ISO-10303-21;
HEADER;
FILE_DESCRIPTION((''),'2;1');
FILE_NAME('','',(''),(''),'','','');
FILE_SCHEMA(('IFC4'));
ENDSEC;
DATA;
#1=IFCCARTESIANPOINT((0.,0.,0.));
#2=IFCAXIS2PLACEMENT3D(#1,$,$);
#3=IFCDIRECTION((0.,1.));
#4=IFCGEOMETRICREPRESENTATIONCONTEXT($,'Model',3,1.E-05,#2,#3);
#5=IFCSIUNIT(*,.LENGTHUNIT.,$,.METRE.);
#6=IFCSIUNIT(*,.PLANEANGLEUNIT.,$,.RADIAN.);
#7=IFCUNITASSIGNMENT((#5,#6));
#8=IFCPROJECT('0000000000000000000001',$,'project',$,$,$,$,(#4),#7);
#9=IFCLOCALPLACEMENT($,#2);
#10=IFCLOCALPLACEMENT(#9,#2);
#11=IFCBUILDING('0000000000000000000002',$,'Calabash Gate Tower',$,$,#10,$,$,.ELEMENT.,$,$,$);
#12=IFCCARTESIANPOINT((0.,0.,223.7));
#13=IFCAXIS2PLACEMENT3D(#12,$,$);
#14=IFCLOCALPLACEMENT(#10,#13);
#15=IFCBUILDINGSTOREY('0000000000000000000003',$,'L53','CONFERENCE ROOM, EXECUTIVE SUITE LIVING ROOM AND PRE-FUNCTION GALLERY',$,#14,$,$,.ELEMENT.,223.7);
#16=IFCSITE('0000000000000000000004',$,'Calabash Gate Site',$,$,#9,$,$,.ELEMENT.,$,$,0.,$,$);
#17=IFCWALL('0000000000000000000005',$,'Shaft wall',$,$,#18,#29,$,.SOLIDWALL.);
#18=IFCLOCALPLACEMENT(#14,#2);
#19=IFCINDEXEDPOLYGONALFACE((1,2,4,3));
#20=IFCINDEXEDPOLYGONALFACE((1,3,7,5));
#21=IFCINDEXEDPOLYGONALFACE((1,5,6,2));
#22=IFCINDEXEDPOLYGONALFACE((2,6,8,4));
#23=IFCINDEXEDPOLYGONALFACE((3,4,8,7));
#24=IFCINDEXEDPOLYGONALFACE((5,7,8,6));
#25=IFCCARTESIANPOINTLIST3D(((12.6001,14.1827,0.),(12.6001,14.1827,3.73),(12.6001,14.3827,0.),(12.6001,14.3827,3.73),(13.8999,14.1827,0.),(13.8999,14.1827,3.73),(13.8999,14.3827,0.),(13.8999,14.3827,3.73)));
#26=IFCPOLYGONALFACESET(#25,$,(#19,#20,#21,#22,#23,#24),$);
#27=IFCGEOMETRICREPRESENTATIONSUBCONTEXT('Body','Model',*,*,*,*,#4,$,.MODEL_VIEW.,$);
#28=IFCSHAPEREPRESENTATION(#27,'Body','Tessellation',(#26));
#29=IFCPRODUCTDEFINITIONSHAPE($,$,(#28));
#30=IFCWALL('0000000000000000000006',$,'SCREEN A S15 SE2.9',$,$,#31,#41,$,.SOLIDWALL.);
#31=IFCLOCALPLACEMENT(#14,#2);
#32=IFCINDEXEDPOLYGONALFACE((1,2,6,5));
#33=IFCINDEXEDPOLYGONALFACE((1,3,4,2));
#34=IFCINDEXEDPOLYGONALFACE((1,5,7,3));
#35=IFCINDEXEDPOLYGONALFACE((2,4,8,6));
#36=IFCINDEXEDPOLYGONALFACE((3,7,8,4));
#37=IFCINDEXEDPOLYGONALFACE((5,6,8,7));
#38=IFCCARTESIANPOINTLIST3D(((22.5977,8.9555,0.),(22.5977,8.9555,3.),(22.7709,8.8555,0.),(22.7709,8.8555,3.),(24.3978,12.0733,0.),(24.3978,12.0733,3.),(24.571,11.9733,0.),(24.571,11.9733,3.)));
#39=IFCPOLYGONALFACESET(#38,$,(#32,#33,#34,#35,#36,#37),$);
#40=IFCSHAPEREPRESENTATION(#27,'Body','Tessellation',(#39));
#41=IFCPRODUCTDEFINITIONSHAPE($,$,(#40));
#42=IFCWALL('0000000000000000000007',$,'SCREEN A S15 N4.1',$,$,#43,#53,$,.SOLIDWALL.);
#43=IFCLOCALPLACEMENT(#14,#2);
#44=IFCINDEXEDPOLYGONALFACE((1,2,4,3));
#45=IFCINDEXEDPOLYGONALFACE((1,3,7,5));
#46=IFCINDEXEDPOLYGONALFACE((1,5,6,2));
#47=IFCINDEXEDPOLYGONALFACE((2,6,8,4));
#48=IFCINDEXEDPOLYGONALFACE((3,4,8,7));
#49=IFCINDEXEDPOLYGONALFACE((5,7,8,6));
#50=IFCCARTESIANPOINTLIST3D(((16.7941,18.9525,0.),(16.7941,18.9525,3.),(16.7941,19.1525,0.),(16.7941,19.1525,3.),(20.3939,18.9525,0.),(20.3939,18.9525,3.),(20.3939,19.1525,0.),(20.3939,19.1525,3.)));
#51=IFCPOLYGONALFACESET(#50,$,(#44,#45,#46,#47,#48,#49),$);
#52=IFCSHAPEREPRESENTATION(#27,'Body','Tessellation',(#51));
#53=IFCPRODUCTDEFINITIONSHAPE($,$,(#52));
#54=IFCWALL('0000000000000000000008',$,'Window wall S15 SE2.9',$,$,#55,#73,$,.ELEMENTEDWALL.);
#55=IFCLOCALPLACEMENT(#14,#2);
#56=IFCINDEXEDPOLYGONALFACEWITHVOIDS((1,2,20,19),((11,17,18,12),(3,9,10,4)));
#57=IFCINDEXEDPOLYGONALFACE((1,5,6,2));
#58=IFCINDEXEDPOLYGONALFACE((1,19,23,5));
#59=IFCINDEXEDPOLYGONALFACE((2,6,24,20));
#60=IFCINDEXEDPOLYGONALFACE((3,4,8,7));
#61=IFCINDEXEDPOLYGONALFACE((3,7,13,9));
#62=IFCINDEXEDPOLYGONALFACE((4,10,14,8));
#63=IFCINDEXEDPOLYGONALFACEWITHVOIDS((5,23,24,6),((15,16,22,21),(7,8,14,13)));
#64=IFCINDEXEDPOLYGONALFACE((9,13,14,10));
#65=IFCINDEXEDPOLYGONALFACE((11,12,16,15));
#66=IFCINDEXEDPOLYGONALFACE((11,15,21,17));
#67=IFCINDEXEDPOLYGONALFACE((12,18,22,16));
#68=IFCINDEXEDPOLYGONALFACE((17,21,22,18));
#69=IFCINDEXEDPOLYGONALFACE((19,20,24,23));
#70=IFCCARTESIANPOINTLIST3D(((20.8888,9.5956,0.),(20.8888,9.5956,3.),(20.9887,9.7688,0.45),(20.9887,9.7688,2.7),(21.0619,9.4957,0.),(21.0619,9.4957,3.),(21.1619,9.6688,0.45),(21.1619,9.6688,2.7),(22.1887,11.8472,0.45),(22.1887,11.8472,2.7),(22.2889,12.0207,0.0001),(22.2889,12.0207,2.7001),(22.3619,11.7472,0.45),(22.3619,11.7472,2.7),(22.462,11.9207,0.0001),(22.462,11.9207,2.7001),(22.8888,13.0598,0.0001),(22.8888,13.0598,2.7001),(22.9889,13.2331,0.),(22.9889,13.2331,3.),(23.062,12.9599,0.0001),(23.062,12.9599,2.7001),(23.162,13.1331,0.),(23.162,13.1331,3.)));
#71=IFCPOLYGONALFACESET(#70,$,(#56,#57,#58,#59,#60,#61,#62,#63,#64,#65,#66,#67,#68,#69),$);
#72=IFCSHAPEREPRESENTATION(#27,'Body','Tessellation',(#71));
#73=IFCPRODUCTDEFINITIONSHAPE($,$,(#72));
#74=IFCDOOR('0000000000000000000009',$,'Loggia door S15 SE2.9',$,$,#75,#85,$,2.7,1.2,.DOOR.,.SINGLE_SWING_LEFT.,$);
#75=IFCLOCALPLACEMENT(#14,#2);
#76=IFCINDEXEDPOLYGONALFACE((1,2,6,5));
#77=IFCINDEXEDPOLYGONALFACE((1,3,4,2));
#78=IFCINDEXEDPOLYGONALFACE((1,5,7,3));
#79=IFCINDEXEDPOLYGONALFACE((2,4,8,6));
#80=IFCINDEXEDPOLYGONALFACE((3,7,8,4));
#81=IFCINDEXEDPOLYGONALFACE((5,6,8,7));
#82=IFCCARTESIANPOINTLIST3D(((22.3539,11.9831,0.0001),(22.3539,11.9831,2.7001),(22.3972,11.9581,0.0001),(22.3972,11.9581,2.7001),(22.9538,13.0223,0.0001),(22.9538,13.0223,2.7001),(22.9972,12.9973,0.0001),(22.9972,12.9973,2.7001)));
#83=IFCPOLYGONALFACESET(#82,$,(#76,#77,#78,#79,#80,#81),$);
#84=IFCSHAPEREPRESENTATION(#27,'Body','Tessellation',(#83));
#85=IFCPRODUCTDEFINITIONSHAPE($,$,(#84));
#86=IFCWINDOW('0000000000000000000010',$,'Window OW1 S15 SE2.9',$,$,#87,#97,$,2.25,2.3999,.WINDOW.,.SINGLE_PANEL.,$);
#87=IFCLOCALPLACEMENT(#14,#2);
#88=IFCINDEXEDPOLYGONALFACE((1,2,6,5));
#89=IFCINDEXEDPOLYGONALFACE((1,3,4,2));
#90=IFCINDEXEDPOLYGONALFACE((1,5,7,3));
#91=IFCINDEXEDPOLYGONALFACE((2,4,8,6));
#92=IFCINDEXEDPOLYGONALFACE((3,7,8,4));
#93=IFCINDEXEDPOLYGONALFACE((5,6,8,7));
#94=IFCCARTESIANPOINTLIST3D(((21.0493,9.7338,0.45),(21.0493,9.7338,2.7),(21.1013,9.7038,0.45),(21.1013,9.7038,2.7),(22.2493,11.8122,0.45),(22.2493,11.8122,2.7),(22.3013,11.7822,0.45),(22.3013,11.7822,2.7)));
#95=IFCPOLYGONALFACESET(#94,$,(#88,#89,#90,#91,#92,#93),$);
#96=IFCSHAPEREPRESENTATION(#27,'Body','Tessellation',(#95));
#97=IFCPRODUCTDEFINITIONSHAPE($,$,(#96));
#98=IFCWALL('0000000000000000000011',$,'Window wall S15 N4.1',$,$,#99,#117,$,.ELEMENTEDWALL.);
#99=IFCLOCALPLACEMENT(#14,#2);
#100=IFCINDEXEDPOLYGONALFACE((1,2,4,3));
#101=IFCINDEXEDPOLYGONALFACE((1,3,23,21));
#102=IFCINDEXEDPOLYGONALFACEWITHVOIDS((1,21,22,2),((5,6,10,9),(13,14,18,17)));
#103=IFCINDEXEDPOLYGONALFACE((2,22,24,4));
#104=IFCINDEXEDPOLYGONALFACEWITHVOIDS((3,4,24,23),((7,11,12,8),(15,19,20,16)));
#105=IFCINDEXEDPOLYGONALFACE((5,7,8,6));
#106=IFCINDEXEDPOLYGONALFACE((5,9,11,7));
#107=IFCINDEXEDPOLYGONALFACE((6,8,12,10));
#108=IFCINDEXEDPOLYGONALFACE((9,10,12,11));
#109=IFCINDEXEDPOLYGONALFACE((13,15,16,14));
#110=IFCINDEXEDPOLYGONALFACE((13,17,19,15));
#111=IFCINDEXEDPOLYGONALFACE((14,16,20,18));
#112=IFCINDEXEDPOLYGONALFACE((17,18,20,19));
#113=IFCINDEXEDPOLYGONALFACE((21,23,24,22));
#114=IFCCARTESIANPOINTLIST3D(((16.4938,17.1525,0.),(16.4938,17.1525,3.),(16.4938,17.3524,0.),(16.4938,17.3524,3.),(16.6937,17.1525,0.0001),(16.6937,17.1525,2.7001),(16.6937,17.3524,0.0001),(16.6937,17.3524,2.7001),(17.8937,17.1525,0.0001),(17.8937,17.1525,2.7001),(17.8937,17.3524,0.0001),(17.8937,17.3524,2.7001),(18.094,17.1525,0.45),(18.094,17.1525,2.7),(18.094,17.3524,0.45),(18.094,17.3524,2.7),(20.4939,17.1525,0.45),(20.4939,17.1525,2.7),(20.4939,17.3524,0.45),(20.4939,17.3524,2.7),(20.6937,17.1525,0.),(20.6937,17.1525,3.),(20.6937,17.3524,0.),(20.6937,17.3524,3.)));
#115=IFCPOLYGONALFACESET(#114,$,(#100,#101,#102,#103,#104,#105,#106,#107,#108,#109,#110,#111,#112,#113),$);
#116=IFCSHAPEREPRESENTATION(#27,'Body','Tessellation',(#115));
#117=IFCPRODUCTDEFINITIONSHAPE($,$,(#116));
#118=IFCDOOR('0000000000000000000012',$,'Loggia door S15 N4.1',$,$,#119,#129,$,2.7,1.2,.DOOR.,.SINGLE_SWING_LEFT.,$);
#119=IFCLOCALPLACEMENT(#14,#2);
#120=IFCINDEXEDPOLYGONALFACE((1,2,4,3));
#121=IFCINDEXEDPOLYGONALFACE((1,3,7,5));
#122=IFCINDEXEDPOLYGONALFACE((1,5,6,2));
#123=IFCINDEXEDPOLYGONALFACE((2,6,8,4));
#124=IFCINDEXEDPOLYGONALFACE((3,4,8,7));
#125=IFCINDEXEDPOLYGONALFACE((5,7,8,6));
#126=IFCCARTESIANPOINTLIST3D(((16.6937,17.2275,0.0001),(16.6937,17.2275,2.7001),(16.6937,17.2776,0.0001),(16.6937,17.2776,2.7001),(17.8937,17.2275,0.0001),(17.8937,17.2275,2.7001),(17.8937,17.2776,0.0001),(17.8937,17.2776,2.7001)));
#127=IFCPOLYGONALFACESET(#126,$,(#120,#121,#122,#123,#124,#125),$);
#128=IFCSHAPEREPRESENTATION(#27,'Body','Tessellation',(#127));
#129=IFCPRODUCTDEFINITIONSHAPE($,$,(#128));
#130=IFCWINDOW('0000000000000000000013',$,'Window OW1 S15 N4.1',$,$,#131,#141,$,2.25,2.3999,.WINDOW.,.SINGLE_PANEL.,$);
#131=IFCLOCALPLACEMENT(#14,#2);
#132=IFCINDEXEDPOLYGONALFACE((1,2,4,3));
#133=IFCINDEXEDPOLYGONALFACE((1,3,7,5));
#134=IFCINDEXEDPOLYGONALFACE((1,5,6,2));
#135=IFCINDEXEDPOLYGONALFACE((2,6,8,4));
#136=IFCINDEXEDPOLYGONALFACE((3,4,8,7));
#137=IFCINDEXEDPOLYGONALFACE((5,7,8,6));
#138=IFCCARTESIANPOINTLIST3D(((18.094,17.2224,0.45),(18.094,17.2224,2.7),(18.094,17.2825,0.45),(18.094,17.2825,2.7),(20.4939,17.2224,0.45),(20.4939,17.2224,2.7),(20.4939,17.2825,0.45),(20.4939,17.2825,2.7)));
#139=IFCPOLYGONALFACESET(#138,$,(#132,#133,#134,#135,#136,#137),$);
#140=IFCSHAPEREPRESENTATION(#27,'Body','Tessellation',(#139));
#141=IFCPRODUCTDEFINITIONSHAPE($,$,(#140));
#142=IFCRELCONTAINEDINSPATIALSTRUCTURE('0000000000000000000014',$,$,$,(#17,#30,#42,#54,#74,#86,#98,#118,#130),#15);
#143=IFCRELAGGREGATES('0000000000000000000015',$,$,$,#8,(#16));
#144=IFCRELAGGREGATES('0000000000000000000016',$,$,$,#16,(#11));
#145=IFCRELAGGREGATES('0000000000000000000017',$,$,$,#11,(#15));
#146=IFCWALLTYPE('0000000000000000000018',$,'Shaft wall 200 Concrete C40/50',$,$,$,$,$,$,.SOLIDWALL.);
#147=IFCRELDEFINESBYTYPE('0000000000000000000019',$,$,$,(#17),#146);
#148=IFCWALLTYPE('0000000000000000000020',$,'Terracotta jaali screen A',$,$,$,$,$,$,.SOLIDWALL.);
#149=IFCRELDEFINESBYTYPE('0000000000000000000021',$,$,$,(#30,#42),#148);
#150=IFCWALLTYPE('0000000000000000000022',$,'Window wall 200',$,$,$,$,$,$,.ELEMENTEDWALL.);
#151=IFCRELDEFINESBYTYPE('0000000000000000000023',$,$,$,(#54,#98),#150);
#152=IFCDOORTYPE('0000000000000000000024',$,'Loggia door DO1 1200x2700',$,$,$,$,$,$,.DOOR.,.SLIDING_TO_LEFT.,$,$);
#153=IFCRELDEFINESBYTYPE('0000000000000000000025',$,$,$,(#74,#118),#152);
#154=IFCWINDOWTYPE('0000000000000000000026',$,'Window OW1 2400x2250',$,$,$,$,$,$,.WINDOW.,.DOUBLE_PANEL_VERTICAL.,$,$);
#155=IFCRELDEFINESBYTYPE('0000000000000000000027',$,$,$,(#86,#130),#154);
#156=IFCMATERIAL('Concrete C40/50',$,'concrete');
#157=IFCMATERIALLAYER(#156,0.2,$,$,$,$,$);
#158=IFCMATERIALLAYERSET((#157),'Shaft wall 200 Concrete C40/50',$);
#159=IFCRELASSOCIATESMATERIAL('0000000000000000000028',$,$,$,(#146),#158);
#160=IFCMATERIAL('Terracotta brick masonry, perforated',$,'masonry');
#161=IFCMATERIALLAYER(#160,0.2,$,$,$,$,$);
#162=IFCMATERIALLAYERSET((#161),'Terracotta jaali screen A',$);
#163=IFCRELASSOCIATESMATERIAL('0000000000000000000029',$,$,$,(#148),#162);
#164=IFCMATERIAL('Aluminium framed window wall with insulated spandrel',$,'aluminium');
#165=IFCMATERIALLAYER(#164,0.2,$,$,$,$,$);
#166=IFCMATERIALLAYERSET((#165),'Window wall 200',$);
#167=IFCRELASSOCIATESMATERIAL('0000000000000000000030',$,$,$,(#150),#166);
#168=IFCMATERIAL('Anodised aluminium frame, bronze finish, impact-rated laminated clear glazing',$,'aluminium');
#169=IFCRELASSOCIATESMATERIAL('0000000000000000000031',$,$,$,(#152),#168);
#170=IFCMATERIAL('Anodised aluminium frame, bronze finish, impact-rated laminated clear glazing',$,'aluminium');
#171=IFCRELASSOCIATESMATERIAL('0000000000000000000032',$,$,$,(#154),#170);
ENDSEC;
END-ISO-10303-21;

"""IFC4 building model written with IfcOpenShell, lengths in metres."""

from ifc_helpers import new_model, si_unit, direction, frame, frame_2d, origin, place, context, subcontext, project, spatial, rectangle, extrude, material, layer, layer_set, type_object, element, fill, save


model = new_model("IFC4")

# Units and contexts
model_context = context("Model", 3, precision=1e-05, world=origin(), true_north=direction((0.0, 1.0)))
body_context = subcontext(model_context, "Body", "Model", "MODEL_VIEW")
ifc_project = project(units=[si_unit("LENGTHUNIT", "METRE"), si_unit("PLANEANGLEUNIT", "RADIAN")], contexts=[model_context])

# Site, building, storey
site_placement = place(None, origin())
site = spatial("IfcSite", under=ifc_project, at=site_placement, Name="Calabash Gate Site", CompositionType="ELEMENT", RefElevation=0.0)
building_placement = place(site_placement, origin())
building = spatial("IfcBuilding", under=site, at=building_placement, Name="Calabash Gate Tower", CompositionType="ELEMENT")
storey_placement = place(building_placement, frame((0.0, 0.0, 223.7)))
storey = spatial("IfcBuildingStorey", under=building, at=storey_placement, Name="L53", Description="CONFERENCE ROOM, EXECUTIVE SUITE LIVING ROOM AND PRE-FUNCTION GALLERY", CompositionType="ELEMENT", Elevation=223.7)

# Walls
ifc_material_1 = material(Name="Concrete C40/50", Category="concrete")
ifc_layer_1 = layer(ifc_material_1, 0.2)
ifc_layer_set_1 = layer_set([ifc_layer_1], Name="Shaft wall 200 Concrete C40/50")
wall_type_1 = type_object("IfcWallType", Name="Shaft wall 200 Concrete C40/50", PredefinedType="SOLIDWALL", material=ifc_layer_set_1)
for number, where, z_axis, x_axis, name in (
    (1, (12.6001, 14.2827, 0.0), (0.0, 0.0, 1.0), (1.0, 0.0, 0.0), "Shaft wall"),
):
    element("IfcWall", number, at=place(storey_placement, frame(where, z_axis=z_axis, x_axis=x_axis)), inside=storey, type_object=wall_type_1, Name=name, PredefinedType="SOLIDWALL", context=body_context, shape_type="SweptSolid", body=[
        extrude(rectangle(XDim=1.2998, YDim=0.2, at=frame_2d((0.6499, 0.0))), origin(), (0.0, 0.0, 1.0), 3.73),
    ])
ifc_material_2 = material(Name="Terracotta brick masonry, perforated", Category="masonry")
ifc_layer_2 = layer(ifc_material_2, 0.2)
ifc_layer_set_2 = layer_set([ifc_layer_2], Name="Terracotta jaali screen A")
wall_type_2 = type_object("IfcWallType", Name="Terracotta jaali screen A", PredefinedType="SOLIDWALL", material=ifc_layer_set_2)
wall_1_placement = place(storey_placement, frame((22.6843, 8.9055, 0.0), z_axis=(0.0, 0.0, 1.0), x_axis=(0.500012, 0.866018, 0.0)))
element("IfcWall", 2, at=wall_1_placement, inside=storey, type_object=wall_type_2, Name="SCREEN A S15 SE2.9", PredefinedType="SOLIDWALL", context=body_context, shape_type="SweptSolid", body=[
    extrude(rectangle(XDim=3.6001, YDim=0.2, at=frame_2d((1.8, 0.0))), origin(), (0.0, 0.0, 1.0), 3.0),
])
wall_2_placement = place(storey_placement, frame((20.3938, 19.0525, 0.0), z_axis=(0.0, 0.0, 1.0), x_axis=(-1.0, 0.0, 0.0)))
element("IfcWall", 3, at=wall_2_placement, inside=storey, type_object=wall_type_2, Name="SCREEN A S15 N4.1", PredefinedType="SOLIDWALL", context=body_context, shape_type="SweptSolid", body=[
    extrude(rectangle(XDim=3.5999, YDim=0.2, at=frame_2d((1.7998, 0.0))), origin(), (0.0, 0.0, 1.0), 3.0),
])

# Walls, openings, doors, windows
ifc_material_3 = material(Name="Aluminium framed window wall with insulated spandrel", Category="aluminium")
ifc_layer_3 = layer(ifc_material_3, 0.2)
ifc_layer_set_3 = layer_set([ifc_layer_3], Name="Window wall 200")
wall_type_3 = type_object("IfcWallType", Name="Window wall 200", PredefinedType="ELEMENTEDWALL", material=ifc_layer_set_3)
wall_3_placement = place(storey_placement, frame((20.9753, 9.5457, 0.0), z_axis=(0.0, 0.0, 1.0), x_axis=(0.500003, 0.866024, 0.0)))
wall_3 = element("IfcWall", 4, at=wall_3_placement, inside=storey, type_object=wall_type_3, Name="Window wall S15 SE2.9", PredefinedType="ELEMENTEDWALL", context=body_context, shape_type="SweptSolid", body=[
    extrude(rectangle(XDim=4.2002, YDim=0.2, at=frame_2d((2.1001, 0.0))), origin(), (0.0, 0.0, 1.0), 3.0),
])
opening_1_placement = place(wall_3_placement, frame((0.2, 0.0, 0.45)))
opening_1 = element("IfcOpeningElement", 5, at=opening_1_placement, cuts=wall_3, PredefinedType="OPENING", context=body_context, shape_type="SweptSolid", body=[
    extrude(rectangle(XDim=2.3999, YDim=2.25, at=frame_2d((1.2, 1.125))), frame((0.0, 0.1099, 0.0), z_axis=(0.0, -1.0, 0.0), x_axis=(1.0, 0.0, 0.0)), (0.0, 0.0, 1.0), 0.22),
])
opening_2_placement = place(wall_3_placement, frame((2.8, 0.0, 0.0)))
opening_2 = element("IfcOpeningElement", 6, at=opening_2_placement, cuts=wall_3, PredefinedType="OPENING", context=body_context, shape_type="SweptSolid", body=[
    extrude(rectangle(XDim=1.2, YDim=2.7, at=frame_2d((0.6001, 1.3501))), frame((0.0, 0.1099, 0.0), z_axis=(0.0, -1.0, 0.0), x_axis=(1.0, 0.0, 0.0)), (0.0, 0.0, 1.0), 0.22),
])
ifc_material_4 = material(Name="Anodised aluminium frame, bronze finish, impact-rated laminated clear glazing", Category="aluminium")
door_type_1 = type_object("IfcDoorType", Name="Loggia door DO1 1200x2700", OperationType="SLIDING_TO_LEFT", PredefinedType="DOOR", material=ifc_material_4)
door_1_placement = place(opening_2_placement, origin())
door_1 = element("IfcDoor", 7, at=door_1_placement, inside=storey, type_object=door_type_1, Name="Loggia door S15 SE2.9", OperationType="SINGLE_SWING_LEFT", OverallHeight=2.7, OverallWidth=1.2, PredefinedType="DOOR", context=body_context, shape_type="SweptSolid", body=[
    extrude(rectangle(XDim=1.2, YDim=2.7, at=frame_2d((0.6001, 1.3501))), frame((0.0, 0.0249, 0.0), z_axis=(0.0, -1.0, 0.0), x_axis=(1.0, 0.0, 0.0)), (0.0, 0.0, 1.0), 0.05),
])
fill(opening_2, door_1)
ifc_material_5 = material(Name="Anodised aluminium frame, bronze finish, impact-rated laminated clear glazing", Category="aluminium")
window_type = type_object("IfcWindowType", Name="Window OW1 2400x2250", PartitioningType="DOUBLE_PANEL_VERTICAL", PredefinedType="WINDOW", material=ifc_material_5)
window_1_placement = place(opening_1_placement, origin())
window_1 = element("IfcWindow", 8, at=window_1_placement, inside=storey, type_object=window_type, Name="Window OW1 S15 SE2.9", OverallHeight=2.25, OverallWidth=2.3999, PartitioningType="SINGLE_PANEL", PredefinedType="WINDOW", context=body_context, shape_type="SweptSolid", body=[
    extrude(rectangle(XDim=2.3999, YDim=2.25, at=frame_2d((1.2, 1.125))), frame((0.0, 0.03, 0.0), z_axis=(0.0, -1.0, 0.0), x_axis=(1.0, 0.0, 0.0)), (0.0, 0.0, 1.0), 0.0601),
])
fill(opening_1, window_1)
wall_4_placement = place(storey_placement, frame((20.6938, 17.2524, 0.0), z_axis=(0.0, 0.0, 1.0), x_axis=(-1.0, 0.0, 0.0)))
wall_4 = element("IfcWall", 9, at=wall_4_placement, inside=storey, type_object=wall_type_3, Name="Window wall S15 N4.1", PredefinedType="ELEMENTEDWALL", context=body_context, shape_type="SweptSolid", body=[
    extrude(rectangle(XDim=4.2, YDim=0.2, at=frame_2d((2.1001, 0.0))), origin(), (0.0, 0.0, 1.0), 3.0),
])
opening_3_placement = place(wall_4_placement, frame((0.2, 0.0, 0.45)))
opening_3 = element("IfcOpeningElement", 10, at=opening_3_placement, cuts=wall_4, PredefinedType="OPENING", context=body_context, shape_type="SweptSolid", body=[
    extrude(rectangle(XDim=2.3999, YDim=2.25, at=frame_2d((1.2, 1.125))), frame((0.0, 0.1099, 0.0), z_axis=(0.0, -1.0, 0.0), x_axis=(1.0, 0.0, 0.0)), (0.0, 0.0, 1.0), 0.22),
])
opening_4_placement = place(wall_4_placement, frame((2.8, 0.0, 0.0)))
opening_4 = element("IfcOpeningElement", 11, at=opening_4_placement, cuts=wall_4, PredefinedType="OPENING", context=body_context, shape_type="SweptSolid", body=[
    extrude(rectangle(XDim=1.2, YDim=2.7, at=frame_2d((0.6001, 1.3501))), frame((0.0, 0.1099, 0.0), z_axis=(0.0, -1.0, 0.0), x_axis=(1.0, 0.0, 0.0)), (0.0, 0.0, 1.0), 0.22),
])
door_2_placement = place(opening_4_placement, origin())
door_2 = element("IfcDoor", 12, at=door_2_placement, inside=storey, type_object=door_type_1, Name="Loggia door S15 N4.1", OperationType="SINGLE_SWING_LEFT", OverallHeight=2.7, OverallWidth=1.2, PredefinedType="DOOR", context=body_context, shape_type="SweptSolid", body=[
    extrude(rectangle(XDim=1.2, YDim=2.7, at=frame_2d((0.6001, 1.3501))), frame((0.0, 0.0249, 0.0), z_axis=(0.0, -1.0, 0.0), x_axis=(1.0, 0.0, 0.0)), (0.0, 0.0, 1.0), 0.05),
])
fill(opening_4, door_2)
window_2_placement = place(opening_3_placement, origin())
window_2 = element("IfcWindow", 13, at=window_2_placement, inside=storey, type_object=window_type, Name="Window OW1 S15 N4.1", OverallHeight=2.25, OverallWidth=2.3999, PartitioningType="SINGLE_PANEL", PredefinedType="WINDOW", context=body_context, shape_type="SweptSolid", body=[
    extrude(rectangle(XDim=2.3999, YDim=2.25, at=frame_2d((1.2, 1.125))), frame((0.0, 0.03, 0.0), z_axis=(0.0, -1.0, 0.0), x_axis=(1.0, 0.0, 0.0)), (0.0, 0.0, 1.0), 0.0601),
])
fill(opening_3, window_2)

save(model, "model.ifc")
